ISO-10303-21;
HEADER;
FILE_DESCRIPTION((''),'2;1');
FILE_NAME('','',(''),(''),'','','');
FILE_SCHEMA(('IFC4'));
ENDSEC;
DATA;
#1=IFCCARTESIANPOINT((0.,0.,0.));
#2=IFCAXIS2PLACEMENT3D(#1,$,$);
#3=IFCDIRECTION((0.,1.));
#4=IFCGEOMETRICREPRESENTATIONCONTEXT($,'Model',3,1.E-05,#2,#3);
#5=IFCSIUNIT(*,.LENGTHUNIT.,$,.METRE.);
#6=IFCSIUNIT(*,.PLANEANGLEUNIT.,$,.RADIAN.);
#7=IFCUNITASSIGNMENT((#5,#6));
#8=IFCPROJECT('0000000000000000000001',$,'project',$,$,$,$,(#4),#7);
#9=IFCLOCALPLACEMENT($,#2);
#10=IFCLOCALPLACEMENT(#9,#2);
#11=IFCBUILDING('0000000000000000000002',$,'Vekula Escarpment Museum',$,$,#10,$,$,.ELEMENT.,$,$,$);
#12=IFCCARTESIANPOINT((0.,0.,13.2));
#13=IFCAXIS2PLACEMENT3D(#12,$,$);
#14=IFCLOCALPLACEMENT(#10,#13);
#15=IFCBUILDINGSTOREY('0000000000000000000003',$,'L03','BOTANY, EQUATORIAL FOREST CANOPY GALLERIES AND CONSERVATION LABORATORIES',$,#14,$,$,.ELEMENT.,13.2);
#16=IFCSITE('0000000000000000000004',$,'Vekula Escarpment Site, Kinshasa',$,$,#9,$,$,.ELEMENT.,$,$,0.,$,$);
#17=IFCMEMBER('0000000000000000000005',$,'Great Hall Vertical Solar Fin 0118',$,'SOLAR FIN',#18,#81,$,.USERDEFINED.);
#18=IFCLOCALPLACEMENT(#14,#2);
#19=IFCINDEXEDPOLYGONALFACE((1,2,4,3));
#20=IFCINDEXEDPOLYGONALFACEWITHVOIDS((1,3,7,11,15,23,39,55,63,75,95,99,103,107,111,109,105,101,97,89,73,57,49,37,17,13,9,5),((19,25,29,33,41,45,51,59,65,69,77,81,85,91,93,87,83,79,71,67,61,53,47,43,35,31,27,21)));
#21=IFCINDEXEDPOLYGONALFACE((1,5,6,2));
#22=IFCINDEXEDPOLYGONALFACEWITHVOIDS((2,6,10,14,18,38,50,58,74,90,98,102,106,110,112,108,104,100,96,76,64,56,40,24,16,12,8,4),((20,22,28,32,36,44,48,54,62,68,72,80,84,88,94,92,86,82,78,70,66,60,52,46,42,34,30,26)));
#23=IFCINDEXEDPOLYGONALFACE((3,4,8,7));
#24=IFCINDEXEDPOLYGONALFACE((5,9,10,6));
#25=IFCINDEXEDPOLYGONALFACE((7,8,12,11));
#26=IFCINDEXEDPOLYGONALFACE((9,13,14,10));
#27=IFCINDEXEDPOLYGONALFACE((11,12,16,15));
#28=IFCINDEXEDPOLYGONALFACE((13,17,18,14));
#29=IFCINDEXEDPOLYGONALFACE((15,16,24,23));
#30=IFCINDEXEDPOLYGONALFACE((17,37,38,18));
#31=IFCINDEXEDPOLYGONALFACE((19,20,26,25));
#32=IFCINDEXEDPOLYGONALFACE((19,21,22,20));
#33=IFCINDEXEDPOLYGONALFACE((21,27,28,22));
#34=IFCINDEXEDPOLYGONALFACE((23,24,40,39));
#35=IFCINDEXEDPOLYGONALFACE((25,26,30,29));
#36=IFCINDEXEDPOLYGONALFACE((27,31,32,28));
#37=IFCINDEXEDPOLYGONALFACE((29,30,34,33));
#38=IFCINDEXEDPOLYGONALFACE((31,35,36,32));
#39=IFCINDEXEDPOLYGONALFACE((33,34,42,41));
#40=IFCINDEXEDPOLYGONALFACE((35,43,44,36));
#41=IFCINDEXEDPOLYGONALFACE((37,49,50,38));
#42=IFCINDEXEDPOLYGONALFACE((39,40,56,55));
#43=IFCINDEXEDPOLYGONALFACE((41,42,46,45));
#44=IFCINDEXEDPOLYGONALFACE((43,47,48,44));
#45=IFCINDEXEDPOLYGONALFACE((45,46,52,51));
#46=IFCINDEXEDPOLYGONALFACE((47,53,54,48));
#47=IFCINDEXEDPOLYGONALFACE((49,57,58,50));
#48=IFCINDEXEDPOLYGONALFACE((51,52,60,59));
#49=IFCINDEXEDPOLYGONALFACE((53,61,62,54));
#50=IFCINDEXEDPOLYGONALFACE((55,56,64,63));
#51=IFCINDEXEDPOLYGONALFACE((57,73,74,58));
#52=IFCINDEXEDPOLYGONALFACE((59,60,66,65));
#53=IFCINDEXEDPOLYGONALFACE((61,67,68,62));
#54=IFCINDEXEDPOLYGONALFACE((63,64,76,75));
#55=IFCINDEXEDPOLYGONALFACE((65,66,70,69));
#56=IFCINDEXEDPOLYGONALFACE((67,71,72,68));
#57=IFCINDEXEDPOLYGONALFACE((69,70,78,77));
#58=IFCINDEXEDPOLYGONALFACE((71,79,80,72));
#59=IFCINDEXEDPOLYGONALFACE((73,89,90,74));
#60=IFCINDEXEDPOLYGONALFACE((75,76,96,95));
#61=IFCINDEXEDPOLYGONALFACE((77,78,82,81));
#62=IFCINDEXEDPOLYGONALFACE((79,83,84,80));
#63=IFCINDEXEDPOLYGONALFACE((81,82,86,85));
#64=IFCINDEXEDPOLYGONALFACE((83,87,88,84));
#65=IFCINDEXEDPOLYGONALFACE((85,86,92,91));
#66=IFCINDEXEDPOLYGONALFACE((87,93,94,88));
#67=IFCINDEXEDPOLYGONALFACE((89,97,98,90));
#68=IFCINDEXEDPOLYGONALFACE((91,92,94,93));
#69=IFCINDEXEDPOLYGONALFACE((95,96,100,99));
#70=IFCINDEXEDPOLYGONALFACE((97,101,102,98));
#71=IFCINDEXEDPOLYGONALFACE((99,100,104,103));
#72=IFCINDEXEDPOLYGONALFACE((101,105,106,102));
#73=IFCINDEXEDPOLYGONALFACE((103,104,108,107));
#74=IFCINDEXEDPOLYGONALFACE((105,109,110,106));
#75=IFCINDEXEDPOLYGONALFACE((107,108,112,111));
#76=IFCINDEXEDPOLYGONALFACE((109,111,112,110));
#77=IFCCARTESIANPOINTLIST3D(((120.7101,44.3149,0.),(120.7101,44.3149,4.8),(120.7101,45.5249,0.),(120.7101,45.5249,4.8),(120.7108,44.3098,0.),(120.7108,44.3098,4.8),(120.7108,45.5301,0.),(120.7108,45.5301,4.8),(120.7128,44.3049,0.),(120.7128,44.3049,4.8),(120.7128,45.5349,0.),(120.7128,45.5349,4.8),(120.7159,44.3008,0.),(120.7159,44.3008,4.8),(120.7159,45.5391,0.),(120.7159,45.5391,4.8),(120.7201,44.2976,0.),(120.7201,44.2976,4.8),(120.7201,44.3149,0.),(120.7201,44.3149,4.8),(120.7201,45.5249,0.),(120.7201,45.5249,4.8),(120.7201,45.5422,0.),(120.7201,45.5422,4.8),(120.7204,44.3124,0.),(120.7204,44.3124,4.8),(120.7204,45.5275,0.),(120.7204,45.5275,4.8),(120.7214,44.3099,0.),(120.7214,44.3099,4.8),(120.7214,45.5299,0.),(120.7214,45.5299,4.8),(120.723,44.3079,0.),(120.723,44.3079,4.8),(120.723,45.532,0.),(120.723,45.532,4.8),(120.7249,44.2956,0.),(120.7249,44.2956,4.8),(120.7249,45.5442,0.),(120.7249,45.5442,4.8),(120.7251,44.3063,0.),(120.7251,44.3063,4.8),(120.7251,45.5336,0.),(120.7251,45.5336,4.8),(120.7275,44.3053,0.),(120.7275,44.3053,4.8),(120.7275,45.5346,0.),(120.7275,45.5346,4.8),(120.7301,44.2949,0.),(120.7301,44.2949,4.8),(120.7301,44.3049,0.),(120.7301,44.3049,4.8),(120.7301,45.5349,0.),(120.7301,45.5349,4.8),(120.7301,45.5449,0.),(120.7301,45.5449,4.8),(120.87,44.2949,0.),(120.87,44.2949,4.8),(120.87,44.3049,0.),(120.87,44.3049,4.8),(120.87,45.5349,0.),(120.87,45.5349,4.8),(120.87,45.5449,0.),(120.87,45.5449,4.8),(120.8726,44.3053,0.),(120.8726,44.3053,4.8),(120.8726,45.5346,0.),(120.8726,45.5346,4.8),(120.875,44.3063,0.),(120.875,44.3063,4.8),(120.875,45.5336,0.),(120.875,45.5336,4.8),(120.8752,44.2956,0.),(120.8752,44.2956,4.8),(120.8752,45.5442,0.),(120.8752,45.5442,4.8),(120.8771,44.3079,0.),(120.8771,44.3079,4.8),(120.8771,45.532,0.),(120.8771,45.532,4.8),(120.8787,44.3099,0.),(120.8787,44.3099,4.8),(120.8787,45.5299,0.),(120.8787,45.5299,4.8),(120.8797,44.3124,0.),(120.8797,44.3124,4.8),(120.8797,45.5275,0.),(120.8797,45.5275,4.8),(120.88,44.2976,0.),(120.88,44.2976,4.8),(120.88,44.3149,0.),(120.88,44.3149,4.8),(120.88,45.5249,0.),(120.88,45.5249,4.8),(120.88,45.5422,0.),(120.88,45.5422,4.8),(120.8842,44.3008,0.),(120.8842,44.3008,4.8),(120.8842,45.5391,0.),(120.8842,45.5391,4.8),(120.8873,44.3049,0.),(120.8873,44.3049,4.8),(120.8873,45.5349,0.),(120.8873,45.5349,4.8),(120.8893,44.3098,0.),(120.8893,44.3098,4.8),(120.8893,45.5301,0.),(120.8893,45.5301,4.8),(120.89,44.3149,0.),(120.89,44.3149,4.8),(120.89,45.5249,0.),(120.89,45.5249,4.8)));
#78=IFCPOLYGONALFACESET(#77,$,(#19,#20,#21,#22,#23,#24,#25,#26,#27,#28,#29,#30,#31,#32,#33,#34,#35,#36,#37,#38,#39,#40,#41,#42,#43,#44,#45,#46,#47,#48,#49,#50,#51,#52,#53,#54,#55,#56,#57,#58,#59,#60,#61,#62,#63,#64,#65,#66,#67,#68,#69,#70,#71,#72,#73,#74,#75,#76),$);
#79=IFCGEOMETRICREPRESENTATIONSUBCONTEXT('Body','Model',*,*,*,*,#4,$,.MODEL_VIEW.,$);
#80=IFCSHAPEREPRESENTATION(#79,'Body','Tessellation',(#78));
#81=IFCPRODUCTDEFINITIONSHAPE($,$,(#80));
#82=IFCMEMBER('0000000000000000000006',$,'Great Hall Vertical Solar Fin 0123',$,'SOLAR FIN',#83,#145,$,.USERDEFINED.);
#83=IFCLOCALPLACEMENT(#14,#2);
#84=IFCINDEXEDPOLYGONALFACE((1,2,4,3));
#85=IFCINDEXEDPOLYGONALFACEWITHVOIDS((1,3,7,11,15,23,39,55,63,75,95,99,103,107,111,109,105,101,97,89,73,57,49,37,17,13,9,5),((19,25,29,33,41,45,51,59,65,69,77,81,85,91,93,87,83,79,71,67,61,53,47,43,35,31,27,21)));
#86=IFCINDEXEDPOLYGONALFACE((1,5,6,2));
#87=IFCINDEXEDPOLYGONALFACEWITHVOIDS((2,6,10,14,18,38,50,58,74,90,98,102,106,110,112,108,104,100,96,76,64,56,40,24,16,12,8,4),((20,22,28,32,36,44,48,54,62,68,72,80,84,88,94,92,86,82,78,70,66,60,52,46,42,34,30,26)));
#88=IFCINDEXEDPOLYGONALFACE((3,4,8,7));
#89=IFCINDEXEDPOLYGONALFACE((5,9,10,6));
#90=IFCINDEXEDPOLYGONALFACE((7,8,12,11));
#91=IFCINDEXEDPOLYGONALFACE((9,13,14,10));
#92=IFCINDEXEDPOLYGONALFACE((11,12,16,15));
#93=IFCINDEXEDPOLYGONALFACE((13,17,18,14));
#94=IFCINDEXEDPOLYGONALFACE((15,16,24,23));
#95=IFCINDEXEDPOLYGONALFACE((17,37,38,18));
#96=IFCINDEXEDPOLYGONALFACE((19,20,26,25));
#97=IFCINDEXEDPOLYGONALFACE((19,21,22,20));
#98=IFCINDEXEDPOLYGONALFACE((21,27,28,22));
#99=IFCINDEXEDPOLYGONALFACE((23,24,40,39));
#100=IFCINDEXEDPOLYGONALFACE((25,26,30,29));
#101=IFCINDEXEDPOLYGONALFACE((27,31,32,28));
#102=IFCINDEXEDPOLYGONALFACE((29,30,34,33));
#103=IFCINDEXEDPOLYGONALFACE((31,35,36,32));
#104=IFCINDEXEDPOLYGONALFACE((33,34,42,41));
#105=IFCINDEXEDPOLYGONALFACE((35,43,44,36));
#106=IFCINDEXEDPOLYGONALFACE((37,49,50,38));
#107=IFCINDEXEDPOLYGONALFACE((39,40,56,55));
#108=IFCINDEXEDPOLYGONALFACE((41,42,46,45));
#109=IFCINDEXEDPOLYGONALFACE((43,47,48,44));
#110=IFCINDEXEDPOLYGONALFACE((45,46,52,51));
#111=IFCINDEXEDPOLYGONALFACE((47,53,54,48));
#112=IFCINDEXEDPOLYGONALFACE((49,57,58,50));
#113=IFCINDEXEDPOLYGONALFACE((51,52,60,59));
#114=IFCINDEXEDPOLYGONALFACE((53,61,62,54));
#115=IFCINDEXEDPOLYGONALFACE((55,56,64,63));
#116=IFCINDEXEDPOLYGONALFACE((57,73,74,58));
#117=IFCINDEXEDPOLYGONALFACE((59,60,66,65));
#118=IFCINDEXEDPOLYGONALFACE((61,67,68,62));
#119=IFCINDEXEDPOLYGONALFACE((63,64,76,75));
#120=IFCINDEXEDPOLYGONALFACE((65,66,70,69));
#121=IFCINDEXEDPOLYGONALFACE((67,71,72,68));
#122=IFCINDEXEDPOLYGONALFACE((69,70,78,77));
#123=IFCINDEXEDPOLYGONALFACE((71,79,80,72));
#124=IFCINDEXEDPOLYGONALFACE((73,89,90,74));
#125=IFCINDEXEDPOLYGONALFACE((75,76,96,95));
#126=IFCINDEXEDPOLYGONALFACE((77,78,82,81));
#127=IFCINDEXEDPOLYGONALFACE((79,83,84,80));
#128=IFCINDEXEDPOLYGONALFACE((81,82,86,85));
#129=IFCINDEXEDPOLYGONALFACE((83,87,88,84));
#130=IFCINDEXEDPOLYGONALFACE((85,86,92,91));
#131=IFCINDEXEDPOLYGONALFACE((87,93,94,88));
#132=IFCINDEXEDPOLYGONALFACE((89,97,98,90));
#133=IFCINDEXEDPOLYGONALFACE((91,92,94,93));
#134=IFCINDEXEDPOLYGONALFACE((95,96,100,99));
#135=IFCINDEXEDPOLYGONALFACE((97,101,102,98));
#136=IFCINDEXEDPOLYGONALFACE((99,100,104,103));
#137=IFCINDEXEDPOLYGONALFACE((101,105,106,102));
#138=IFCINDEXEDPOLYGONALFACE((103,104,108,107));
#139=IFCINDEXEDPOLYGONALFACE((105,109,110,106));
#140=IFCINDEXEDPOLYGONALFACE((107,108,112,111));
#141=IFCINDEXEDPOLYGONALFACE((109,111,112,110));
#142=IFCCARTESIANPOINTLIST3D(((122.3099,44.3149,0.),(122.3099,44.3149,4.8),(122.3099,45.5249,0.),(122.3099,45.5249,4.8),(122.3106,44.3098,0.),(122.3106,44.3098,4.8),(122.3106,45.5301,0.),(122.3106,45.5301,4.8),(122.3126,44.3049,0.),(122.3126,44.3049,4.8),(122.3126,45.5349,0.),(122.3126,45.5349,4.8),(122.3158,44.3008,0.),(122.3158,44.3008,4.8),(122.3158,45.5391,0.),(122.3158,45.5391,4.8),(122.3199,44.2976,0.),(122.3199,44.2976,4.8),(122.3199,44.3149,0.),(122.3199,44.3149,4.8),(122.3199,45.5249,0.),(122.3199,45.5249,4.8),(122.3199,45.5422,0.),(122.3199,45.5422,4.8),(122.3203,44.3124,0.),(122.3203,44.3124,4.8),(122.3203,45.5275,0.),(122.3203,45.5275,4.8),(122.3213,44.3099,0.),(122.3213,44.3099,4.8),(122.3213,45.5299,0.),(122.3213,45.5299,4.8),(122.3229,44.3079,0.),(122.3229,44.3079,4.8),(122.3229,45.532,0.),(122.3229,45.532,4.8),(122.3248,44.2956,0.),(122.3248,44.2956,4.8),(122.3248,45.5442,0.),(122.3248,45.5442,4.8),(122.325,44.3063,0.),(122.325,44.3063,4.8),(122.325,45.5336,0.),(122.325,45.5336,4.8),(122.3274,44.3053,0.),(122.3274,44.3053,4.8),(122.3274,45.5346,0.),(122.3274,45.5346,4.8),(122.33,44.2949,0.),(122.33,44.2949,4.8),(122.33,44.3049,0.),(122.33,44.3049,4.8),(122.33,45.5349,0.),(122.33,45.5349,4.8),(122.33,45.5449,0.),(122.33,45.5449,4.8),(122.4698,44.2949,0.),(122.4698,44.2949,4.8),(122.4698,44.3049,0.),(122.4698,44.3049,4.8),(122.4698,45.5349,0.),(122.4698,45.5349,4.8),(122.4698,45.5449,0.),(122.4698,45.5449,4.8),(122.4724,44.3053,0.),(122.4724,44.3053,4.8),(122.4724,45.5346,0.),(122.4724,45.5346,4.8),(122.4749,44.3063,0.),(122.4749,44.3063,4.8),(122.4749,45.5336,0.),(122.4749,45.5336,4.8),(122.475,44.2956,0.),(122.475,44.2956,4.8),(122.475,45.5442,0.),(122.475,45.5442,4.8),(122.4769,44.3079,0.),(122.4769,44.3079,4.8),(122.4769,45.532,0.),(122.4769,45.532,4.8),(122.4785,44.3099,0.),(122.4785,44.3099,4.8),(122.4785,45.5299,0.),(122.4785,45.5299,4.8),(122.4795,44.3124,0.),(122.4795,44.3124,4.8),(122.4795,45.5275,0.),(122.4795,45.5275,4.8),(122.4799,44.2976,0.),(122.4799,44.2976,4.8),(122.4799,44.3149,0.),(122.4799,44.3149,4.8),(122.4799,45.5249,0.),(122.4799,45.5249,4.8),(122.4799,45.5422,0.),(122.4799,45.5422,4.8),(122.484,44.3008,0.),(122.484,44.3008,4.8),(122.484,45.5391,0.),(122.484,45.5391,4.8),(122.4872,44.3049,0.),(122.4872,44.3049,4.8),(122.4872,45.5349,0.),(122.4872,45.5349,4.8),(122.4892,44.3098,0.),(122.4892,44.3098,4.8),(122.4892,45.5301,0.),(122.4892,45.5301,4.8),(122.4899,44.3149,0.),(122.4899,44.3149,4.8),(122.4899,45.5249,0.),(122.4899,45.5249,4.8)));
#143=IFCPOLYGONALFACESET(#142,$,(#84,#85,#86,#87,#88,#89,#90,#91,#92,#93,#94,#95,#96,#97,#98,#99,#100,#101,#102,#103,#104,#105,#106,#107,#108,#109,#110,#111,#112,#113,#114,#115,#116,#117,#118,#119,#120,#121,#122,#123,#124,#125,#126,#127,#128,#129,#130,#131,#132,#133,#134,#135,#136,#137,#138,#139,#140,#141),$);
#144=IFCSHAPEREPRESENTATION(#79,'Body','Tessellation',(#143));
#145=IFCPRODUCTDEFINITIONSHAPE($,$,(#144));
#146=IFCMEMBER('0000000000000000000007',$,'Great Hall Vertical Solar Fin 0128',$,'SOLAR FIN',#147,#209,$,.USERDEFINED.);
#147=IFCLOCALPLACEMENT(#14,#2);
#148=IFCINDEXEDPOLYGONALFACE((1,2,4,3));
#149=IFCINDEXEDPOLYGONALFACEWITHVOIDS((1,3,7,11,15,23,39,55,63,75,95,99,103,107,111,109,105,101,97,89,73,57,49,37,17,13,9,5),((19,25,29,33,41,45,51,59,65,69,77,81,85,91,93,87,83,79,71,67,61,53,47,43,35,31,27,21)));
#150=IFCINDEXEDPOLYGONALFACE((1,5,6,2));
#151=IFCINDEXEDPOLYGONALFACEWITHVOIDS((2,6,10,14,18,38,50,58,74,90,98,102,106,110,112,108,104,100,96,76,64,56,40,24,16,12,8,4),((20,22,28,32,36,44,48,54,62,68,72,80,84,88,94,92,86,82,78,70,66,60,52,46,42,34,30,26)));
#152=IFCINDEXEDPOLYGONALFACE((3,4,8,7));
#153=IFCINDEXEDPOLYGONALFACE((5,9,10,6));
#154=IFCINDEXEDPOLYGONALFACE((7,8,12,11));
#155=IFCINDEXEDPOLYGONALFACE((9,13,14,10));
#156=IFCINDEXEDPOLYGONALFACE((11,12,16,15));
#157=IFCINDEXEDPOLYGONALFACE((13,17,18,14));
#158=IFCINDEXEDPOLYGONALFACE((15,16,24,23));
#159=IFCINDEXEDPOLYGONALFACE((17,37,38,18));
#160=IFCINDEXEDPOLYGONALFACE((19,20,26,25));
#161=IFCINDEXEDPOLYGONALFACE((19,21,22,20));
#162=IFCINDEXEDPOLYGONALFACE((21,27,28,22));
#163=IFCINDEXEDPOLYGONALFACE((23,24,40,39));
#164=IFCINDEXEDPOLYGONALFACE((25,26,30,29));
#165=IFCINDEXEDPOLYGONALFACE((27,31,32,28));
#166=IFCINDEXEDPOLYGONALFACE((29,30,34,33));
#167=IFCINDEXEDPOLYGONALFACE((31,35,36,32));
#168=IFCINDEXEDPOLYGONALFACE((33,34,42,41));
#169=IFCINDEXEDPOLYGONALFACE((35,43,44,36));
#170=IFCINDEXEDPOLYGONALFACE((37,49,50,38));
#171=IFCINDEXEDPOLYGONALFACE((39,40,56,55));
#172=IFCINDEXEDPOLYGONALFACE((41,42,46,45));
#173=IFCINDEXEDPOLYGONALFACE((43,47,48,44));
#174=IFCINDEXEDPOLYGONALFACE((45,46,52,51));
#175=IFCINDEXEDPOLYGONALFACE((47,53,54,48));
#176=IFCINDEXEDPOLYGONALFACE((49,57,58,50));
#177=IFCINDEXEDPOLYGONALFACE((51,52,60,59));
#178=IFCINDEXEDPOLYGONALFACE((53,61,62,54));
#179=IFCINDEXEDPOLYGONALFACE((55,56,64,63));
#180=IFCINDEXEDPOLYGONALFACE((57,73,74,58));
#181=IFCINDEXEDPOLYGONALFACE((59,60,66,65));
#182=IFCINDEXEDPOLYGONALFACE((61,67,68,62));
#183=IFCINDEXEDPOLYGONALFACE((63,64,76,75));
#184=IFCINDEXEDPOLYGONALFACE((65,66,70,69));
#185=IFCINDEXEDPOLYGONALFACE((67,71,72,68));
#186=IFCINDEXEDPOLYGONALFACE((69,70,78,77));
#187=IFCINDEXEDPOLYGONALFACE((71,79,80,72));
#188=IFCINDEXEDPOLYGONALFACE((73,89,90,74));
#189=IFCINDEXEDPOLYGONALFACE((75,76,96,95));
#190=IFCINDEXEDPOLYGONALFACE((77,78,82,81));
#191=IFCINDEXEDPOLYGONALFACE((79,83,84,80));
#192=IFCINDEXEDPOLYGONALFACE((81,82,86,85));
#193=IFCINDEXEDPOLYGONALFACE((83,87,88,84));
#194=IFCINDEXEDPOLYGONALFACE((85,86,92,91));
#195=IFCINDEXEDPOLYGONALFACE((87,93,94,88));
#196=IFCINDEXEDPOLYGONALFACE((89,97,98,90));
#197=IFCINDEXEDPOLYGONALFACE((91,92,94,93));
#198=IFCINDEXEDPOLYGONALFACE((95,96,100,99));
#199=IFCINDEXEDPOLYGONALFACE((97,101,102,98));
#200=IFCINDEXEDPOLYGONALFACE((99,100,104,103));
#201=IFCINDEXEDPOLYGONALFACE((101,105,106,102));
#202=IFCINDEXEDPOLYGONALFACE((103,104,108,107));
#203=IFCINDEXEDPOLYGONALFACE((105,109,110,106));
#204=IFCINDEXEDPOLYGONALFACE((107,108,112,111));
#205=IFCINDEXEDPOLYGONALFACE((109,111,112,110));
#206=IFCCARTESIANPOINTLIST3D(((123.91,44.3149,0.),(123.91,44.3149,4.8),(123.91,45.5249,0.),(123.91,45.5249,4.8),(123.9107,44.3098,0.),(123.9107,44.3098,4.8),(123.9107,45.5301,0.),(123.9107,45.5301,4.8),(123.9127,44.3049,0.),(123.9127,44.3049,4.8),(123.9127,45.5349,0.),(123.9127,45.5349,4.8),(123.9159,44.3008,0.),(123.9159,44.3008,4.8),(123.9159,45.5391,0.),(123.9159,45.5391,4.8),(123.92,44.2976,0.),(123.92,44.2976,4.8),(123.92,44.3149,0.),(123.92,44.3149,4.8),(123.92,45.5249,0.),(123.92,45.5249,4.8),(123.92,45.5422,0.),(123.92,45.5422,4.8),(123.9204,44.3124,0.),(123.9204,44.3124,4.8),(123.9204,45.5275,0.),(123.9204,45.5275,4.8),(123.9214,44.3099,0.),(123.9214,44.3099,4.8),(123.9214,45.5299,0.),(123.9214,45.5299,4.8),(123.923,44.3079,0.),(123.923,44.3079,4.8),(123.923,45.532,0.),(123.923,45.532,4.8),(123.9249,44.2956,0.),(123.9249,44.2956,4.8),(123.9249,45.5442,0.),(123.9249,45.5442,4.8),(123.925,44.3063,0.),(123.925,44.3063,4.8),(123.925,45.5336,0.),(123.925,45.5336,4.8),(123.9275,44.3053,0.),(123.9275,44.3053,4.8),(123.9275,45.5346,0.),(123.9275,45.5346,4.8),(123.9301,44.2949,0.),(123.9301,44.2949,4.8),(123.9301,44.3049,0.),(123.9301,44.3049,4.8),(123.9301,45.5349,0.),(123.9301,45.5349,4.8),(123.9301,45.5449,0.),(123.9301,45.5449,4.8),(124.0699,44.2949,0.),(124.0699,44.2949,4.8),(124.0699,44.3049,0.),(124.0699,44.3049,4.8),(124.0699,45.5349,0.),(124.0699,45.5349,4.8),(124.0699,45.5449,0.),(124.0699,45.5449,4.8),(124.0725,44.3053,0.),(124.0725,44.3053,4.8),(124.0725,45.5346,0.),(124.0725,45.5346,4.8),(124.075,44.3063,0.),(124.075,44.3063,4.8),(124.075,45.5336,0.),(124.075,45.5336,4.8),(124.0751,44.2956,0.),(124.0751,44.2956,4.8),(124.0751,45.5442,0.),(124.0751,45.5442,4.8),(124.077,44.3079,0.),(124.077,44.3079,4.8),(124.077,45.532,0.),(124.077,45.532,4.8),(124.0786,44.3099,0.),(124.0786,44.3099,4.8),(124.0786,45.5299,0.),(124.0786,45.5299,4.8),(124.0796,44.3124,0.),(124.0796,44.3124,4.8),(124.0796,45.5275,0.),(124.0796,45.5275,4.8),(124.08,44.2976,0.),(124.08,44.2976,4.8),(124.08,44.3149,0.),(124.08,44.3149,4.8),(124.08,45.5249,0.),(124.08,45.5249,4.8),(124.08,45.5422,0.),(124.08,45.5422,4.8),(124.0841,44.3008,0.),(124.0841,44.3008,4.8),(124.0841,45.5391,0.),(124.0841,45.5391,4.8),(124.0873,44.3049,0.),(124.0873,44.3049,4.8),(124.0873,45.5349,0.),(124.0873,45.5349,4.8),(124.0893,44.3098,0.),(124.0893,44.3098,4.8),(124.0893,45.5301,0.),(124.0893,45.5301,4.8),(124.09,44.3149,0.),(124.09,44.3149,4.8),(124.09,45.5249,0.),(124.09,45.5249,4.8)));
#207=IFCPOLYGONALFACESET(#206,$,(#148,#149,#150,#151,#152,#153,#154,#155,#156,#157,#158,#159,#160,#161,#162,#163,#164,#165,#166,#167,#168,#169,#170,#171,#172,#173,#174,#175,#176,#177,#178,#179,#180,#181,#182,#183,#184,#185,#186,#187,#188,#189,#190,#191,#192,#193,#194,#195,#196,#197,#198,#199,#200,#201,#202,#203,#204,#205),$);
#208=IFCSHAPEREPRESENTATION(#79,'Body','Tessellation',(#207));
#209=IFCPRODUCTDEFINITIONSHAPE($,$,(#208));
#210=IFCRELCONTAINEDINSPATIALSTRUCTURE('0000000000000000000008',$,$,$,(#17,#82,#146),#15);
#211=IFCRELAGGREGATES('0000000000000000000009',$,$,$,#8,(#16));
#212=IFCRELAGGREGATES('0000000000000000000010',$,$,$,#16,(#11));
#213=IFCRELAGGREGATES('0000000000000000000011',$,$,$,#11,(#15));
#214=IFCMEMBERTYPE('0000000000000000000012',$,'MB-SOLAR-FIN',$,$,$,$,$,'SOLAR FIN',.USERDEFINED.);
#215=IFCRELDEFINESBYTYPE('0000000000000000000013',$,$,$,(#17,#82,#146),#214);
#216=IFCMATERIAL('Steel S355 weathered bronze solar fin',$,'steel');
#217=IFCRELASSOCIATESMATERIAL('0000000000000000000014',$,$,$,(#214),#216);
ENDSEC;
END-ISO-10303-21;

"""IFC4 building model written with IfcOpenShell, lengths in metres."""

from ifc_helpers import new_model, si_unit, direction, frame, origin, origin_2d, place, context, subcontext, project, spatial, hollow_rectangle, extrude, material, material_profile, profile_set, type_object, element, save


model = new_model("IFC4")

# Units and contexts
model_context = context("Model", 3, precision=1e-05, world=origin(), true_north=direction((0.0, 1.0)))
body_context = subcontext(model_context, "Body", "Model", "MODEL_VIEW")
ifc_project = project(units=[si_unit("LENGTHUNIT", "METRE"), si_unit("PLANEANGLEUNIT", "RADIAN")], contexts=[model_context])

# Site, building, storey
site_placement = place(None, origin())
site = spatial("IfcSite", under=ifc_project, at=site_placement, Name="Vekula Escarpment Site, Kinshasa", CompositionType="ELEMENT", RefElevation=0.0)
building_placement = place(site_placement, origin())
building = spatial("IfcBuilding", under=site, at=building_placement, Name="Vekula Escarpment Museum", CompositionType="ELEMENT")
storey_placement = place(building_placement, frame((0.0, 0.0, 13.2)))
storey = spatial("IfcBuildingStorey", under=building, at=storey_placement, Name="L03", Description="BOTANY, EQUATORIAL FOREST CANOPY GALLERIES AND CONSERVATION LABORATORIES", CompositionType="ELEMENT", Elevation=13.2)

# Members
ifc_material_1 = material(Name="Steel S355 weathered bronze solar fin", Category="steel")
ifc_material_profile_1 = material_profile(ifc_material_1, hollow_rectangle(XDim=0.1799, YDim=1.25, WallThickness=0.01, InnerFilletRadius=0.01, OuterFilletRadius=0.02, at=origin_2d()), Name="RHS 1250x180x10")
ifc_profile_set_1 = profile_set([ifc_material_profile_1], Name="Steel S355 weathered bronze solar fin")
member_type_1 = type_object("IfcMemberType", Name="MB-SOLAR-FIN", ElementType="SOLAR FIN", PredefinedType="USERDEFINED", material=ifc_profile_set_1)
for number, where, z_axis, x_axis, name in (
    (1, (120.8, 44.9199, 0.0), (0.0, 0.0, 1.0), (1.0, 0.0, 0.0), "Great Hall Vertical Solar Fin 0118"),
    (2, (122.3999, 44.9199, 0.0), (0.0, 0.0, 1.0), (1.0, 0.0, 0.0), "Great Hall Vertical Solar Fin 0123"),
    (3, (124.0, 44.9199, 0.0), (0.0, 0.0, 1.0), (1.0, 0.0, 0.0), "Great Hall Vertical Solar Fin 0128"),
):
    element("IfcMember", number, at=place(storey_placement, frame(where, z_axis=z_axis, x_axis=x_axis)), inside=storey, type_object=member_type_1, Name=name, ObjectType="SOLAR FIN", PredefinedType="USERDEFINED", context=body_context, shape_type="SweptSolid", body=[
        extrude(hollow_rectangle(XDim=0.1799, YDim=1.25, WallThickness=0.01, InnerFilletRadius=0.01, OuterFilletRadius=0.02, at=origin_2d()), origin(), (0.0, 0.0, 1.0), 4.8),
    ])

save(model, "model.ifc")
